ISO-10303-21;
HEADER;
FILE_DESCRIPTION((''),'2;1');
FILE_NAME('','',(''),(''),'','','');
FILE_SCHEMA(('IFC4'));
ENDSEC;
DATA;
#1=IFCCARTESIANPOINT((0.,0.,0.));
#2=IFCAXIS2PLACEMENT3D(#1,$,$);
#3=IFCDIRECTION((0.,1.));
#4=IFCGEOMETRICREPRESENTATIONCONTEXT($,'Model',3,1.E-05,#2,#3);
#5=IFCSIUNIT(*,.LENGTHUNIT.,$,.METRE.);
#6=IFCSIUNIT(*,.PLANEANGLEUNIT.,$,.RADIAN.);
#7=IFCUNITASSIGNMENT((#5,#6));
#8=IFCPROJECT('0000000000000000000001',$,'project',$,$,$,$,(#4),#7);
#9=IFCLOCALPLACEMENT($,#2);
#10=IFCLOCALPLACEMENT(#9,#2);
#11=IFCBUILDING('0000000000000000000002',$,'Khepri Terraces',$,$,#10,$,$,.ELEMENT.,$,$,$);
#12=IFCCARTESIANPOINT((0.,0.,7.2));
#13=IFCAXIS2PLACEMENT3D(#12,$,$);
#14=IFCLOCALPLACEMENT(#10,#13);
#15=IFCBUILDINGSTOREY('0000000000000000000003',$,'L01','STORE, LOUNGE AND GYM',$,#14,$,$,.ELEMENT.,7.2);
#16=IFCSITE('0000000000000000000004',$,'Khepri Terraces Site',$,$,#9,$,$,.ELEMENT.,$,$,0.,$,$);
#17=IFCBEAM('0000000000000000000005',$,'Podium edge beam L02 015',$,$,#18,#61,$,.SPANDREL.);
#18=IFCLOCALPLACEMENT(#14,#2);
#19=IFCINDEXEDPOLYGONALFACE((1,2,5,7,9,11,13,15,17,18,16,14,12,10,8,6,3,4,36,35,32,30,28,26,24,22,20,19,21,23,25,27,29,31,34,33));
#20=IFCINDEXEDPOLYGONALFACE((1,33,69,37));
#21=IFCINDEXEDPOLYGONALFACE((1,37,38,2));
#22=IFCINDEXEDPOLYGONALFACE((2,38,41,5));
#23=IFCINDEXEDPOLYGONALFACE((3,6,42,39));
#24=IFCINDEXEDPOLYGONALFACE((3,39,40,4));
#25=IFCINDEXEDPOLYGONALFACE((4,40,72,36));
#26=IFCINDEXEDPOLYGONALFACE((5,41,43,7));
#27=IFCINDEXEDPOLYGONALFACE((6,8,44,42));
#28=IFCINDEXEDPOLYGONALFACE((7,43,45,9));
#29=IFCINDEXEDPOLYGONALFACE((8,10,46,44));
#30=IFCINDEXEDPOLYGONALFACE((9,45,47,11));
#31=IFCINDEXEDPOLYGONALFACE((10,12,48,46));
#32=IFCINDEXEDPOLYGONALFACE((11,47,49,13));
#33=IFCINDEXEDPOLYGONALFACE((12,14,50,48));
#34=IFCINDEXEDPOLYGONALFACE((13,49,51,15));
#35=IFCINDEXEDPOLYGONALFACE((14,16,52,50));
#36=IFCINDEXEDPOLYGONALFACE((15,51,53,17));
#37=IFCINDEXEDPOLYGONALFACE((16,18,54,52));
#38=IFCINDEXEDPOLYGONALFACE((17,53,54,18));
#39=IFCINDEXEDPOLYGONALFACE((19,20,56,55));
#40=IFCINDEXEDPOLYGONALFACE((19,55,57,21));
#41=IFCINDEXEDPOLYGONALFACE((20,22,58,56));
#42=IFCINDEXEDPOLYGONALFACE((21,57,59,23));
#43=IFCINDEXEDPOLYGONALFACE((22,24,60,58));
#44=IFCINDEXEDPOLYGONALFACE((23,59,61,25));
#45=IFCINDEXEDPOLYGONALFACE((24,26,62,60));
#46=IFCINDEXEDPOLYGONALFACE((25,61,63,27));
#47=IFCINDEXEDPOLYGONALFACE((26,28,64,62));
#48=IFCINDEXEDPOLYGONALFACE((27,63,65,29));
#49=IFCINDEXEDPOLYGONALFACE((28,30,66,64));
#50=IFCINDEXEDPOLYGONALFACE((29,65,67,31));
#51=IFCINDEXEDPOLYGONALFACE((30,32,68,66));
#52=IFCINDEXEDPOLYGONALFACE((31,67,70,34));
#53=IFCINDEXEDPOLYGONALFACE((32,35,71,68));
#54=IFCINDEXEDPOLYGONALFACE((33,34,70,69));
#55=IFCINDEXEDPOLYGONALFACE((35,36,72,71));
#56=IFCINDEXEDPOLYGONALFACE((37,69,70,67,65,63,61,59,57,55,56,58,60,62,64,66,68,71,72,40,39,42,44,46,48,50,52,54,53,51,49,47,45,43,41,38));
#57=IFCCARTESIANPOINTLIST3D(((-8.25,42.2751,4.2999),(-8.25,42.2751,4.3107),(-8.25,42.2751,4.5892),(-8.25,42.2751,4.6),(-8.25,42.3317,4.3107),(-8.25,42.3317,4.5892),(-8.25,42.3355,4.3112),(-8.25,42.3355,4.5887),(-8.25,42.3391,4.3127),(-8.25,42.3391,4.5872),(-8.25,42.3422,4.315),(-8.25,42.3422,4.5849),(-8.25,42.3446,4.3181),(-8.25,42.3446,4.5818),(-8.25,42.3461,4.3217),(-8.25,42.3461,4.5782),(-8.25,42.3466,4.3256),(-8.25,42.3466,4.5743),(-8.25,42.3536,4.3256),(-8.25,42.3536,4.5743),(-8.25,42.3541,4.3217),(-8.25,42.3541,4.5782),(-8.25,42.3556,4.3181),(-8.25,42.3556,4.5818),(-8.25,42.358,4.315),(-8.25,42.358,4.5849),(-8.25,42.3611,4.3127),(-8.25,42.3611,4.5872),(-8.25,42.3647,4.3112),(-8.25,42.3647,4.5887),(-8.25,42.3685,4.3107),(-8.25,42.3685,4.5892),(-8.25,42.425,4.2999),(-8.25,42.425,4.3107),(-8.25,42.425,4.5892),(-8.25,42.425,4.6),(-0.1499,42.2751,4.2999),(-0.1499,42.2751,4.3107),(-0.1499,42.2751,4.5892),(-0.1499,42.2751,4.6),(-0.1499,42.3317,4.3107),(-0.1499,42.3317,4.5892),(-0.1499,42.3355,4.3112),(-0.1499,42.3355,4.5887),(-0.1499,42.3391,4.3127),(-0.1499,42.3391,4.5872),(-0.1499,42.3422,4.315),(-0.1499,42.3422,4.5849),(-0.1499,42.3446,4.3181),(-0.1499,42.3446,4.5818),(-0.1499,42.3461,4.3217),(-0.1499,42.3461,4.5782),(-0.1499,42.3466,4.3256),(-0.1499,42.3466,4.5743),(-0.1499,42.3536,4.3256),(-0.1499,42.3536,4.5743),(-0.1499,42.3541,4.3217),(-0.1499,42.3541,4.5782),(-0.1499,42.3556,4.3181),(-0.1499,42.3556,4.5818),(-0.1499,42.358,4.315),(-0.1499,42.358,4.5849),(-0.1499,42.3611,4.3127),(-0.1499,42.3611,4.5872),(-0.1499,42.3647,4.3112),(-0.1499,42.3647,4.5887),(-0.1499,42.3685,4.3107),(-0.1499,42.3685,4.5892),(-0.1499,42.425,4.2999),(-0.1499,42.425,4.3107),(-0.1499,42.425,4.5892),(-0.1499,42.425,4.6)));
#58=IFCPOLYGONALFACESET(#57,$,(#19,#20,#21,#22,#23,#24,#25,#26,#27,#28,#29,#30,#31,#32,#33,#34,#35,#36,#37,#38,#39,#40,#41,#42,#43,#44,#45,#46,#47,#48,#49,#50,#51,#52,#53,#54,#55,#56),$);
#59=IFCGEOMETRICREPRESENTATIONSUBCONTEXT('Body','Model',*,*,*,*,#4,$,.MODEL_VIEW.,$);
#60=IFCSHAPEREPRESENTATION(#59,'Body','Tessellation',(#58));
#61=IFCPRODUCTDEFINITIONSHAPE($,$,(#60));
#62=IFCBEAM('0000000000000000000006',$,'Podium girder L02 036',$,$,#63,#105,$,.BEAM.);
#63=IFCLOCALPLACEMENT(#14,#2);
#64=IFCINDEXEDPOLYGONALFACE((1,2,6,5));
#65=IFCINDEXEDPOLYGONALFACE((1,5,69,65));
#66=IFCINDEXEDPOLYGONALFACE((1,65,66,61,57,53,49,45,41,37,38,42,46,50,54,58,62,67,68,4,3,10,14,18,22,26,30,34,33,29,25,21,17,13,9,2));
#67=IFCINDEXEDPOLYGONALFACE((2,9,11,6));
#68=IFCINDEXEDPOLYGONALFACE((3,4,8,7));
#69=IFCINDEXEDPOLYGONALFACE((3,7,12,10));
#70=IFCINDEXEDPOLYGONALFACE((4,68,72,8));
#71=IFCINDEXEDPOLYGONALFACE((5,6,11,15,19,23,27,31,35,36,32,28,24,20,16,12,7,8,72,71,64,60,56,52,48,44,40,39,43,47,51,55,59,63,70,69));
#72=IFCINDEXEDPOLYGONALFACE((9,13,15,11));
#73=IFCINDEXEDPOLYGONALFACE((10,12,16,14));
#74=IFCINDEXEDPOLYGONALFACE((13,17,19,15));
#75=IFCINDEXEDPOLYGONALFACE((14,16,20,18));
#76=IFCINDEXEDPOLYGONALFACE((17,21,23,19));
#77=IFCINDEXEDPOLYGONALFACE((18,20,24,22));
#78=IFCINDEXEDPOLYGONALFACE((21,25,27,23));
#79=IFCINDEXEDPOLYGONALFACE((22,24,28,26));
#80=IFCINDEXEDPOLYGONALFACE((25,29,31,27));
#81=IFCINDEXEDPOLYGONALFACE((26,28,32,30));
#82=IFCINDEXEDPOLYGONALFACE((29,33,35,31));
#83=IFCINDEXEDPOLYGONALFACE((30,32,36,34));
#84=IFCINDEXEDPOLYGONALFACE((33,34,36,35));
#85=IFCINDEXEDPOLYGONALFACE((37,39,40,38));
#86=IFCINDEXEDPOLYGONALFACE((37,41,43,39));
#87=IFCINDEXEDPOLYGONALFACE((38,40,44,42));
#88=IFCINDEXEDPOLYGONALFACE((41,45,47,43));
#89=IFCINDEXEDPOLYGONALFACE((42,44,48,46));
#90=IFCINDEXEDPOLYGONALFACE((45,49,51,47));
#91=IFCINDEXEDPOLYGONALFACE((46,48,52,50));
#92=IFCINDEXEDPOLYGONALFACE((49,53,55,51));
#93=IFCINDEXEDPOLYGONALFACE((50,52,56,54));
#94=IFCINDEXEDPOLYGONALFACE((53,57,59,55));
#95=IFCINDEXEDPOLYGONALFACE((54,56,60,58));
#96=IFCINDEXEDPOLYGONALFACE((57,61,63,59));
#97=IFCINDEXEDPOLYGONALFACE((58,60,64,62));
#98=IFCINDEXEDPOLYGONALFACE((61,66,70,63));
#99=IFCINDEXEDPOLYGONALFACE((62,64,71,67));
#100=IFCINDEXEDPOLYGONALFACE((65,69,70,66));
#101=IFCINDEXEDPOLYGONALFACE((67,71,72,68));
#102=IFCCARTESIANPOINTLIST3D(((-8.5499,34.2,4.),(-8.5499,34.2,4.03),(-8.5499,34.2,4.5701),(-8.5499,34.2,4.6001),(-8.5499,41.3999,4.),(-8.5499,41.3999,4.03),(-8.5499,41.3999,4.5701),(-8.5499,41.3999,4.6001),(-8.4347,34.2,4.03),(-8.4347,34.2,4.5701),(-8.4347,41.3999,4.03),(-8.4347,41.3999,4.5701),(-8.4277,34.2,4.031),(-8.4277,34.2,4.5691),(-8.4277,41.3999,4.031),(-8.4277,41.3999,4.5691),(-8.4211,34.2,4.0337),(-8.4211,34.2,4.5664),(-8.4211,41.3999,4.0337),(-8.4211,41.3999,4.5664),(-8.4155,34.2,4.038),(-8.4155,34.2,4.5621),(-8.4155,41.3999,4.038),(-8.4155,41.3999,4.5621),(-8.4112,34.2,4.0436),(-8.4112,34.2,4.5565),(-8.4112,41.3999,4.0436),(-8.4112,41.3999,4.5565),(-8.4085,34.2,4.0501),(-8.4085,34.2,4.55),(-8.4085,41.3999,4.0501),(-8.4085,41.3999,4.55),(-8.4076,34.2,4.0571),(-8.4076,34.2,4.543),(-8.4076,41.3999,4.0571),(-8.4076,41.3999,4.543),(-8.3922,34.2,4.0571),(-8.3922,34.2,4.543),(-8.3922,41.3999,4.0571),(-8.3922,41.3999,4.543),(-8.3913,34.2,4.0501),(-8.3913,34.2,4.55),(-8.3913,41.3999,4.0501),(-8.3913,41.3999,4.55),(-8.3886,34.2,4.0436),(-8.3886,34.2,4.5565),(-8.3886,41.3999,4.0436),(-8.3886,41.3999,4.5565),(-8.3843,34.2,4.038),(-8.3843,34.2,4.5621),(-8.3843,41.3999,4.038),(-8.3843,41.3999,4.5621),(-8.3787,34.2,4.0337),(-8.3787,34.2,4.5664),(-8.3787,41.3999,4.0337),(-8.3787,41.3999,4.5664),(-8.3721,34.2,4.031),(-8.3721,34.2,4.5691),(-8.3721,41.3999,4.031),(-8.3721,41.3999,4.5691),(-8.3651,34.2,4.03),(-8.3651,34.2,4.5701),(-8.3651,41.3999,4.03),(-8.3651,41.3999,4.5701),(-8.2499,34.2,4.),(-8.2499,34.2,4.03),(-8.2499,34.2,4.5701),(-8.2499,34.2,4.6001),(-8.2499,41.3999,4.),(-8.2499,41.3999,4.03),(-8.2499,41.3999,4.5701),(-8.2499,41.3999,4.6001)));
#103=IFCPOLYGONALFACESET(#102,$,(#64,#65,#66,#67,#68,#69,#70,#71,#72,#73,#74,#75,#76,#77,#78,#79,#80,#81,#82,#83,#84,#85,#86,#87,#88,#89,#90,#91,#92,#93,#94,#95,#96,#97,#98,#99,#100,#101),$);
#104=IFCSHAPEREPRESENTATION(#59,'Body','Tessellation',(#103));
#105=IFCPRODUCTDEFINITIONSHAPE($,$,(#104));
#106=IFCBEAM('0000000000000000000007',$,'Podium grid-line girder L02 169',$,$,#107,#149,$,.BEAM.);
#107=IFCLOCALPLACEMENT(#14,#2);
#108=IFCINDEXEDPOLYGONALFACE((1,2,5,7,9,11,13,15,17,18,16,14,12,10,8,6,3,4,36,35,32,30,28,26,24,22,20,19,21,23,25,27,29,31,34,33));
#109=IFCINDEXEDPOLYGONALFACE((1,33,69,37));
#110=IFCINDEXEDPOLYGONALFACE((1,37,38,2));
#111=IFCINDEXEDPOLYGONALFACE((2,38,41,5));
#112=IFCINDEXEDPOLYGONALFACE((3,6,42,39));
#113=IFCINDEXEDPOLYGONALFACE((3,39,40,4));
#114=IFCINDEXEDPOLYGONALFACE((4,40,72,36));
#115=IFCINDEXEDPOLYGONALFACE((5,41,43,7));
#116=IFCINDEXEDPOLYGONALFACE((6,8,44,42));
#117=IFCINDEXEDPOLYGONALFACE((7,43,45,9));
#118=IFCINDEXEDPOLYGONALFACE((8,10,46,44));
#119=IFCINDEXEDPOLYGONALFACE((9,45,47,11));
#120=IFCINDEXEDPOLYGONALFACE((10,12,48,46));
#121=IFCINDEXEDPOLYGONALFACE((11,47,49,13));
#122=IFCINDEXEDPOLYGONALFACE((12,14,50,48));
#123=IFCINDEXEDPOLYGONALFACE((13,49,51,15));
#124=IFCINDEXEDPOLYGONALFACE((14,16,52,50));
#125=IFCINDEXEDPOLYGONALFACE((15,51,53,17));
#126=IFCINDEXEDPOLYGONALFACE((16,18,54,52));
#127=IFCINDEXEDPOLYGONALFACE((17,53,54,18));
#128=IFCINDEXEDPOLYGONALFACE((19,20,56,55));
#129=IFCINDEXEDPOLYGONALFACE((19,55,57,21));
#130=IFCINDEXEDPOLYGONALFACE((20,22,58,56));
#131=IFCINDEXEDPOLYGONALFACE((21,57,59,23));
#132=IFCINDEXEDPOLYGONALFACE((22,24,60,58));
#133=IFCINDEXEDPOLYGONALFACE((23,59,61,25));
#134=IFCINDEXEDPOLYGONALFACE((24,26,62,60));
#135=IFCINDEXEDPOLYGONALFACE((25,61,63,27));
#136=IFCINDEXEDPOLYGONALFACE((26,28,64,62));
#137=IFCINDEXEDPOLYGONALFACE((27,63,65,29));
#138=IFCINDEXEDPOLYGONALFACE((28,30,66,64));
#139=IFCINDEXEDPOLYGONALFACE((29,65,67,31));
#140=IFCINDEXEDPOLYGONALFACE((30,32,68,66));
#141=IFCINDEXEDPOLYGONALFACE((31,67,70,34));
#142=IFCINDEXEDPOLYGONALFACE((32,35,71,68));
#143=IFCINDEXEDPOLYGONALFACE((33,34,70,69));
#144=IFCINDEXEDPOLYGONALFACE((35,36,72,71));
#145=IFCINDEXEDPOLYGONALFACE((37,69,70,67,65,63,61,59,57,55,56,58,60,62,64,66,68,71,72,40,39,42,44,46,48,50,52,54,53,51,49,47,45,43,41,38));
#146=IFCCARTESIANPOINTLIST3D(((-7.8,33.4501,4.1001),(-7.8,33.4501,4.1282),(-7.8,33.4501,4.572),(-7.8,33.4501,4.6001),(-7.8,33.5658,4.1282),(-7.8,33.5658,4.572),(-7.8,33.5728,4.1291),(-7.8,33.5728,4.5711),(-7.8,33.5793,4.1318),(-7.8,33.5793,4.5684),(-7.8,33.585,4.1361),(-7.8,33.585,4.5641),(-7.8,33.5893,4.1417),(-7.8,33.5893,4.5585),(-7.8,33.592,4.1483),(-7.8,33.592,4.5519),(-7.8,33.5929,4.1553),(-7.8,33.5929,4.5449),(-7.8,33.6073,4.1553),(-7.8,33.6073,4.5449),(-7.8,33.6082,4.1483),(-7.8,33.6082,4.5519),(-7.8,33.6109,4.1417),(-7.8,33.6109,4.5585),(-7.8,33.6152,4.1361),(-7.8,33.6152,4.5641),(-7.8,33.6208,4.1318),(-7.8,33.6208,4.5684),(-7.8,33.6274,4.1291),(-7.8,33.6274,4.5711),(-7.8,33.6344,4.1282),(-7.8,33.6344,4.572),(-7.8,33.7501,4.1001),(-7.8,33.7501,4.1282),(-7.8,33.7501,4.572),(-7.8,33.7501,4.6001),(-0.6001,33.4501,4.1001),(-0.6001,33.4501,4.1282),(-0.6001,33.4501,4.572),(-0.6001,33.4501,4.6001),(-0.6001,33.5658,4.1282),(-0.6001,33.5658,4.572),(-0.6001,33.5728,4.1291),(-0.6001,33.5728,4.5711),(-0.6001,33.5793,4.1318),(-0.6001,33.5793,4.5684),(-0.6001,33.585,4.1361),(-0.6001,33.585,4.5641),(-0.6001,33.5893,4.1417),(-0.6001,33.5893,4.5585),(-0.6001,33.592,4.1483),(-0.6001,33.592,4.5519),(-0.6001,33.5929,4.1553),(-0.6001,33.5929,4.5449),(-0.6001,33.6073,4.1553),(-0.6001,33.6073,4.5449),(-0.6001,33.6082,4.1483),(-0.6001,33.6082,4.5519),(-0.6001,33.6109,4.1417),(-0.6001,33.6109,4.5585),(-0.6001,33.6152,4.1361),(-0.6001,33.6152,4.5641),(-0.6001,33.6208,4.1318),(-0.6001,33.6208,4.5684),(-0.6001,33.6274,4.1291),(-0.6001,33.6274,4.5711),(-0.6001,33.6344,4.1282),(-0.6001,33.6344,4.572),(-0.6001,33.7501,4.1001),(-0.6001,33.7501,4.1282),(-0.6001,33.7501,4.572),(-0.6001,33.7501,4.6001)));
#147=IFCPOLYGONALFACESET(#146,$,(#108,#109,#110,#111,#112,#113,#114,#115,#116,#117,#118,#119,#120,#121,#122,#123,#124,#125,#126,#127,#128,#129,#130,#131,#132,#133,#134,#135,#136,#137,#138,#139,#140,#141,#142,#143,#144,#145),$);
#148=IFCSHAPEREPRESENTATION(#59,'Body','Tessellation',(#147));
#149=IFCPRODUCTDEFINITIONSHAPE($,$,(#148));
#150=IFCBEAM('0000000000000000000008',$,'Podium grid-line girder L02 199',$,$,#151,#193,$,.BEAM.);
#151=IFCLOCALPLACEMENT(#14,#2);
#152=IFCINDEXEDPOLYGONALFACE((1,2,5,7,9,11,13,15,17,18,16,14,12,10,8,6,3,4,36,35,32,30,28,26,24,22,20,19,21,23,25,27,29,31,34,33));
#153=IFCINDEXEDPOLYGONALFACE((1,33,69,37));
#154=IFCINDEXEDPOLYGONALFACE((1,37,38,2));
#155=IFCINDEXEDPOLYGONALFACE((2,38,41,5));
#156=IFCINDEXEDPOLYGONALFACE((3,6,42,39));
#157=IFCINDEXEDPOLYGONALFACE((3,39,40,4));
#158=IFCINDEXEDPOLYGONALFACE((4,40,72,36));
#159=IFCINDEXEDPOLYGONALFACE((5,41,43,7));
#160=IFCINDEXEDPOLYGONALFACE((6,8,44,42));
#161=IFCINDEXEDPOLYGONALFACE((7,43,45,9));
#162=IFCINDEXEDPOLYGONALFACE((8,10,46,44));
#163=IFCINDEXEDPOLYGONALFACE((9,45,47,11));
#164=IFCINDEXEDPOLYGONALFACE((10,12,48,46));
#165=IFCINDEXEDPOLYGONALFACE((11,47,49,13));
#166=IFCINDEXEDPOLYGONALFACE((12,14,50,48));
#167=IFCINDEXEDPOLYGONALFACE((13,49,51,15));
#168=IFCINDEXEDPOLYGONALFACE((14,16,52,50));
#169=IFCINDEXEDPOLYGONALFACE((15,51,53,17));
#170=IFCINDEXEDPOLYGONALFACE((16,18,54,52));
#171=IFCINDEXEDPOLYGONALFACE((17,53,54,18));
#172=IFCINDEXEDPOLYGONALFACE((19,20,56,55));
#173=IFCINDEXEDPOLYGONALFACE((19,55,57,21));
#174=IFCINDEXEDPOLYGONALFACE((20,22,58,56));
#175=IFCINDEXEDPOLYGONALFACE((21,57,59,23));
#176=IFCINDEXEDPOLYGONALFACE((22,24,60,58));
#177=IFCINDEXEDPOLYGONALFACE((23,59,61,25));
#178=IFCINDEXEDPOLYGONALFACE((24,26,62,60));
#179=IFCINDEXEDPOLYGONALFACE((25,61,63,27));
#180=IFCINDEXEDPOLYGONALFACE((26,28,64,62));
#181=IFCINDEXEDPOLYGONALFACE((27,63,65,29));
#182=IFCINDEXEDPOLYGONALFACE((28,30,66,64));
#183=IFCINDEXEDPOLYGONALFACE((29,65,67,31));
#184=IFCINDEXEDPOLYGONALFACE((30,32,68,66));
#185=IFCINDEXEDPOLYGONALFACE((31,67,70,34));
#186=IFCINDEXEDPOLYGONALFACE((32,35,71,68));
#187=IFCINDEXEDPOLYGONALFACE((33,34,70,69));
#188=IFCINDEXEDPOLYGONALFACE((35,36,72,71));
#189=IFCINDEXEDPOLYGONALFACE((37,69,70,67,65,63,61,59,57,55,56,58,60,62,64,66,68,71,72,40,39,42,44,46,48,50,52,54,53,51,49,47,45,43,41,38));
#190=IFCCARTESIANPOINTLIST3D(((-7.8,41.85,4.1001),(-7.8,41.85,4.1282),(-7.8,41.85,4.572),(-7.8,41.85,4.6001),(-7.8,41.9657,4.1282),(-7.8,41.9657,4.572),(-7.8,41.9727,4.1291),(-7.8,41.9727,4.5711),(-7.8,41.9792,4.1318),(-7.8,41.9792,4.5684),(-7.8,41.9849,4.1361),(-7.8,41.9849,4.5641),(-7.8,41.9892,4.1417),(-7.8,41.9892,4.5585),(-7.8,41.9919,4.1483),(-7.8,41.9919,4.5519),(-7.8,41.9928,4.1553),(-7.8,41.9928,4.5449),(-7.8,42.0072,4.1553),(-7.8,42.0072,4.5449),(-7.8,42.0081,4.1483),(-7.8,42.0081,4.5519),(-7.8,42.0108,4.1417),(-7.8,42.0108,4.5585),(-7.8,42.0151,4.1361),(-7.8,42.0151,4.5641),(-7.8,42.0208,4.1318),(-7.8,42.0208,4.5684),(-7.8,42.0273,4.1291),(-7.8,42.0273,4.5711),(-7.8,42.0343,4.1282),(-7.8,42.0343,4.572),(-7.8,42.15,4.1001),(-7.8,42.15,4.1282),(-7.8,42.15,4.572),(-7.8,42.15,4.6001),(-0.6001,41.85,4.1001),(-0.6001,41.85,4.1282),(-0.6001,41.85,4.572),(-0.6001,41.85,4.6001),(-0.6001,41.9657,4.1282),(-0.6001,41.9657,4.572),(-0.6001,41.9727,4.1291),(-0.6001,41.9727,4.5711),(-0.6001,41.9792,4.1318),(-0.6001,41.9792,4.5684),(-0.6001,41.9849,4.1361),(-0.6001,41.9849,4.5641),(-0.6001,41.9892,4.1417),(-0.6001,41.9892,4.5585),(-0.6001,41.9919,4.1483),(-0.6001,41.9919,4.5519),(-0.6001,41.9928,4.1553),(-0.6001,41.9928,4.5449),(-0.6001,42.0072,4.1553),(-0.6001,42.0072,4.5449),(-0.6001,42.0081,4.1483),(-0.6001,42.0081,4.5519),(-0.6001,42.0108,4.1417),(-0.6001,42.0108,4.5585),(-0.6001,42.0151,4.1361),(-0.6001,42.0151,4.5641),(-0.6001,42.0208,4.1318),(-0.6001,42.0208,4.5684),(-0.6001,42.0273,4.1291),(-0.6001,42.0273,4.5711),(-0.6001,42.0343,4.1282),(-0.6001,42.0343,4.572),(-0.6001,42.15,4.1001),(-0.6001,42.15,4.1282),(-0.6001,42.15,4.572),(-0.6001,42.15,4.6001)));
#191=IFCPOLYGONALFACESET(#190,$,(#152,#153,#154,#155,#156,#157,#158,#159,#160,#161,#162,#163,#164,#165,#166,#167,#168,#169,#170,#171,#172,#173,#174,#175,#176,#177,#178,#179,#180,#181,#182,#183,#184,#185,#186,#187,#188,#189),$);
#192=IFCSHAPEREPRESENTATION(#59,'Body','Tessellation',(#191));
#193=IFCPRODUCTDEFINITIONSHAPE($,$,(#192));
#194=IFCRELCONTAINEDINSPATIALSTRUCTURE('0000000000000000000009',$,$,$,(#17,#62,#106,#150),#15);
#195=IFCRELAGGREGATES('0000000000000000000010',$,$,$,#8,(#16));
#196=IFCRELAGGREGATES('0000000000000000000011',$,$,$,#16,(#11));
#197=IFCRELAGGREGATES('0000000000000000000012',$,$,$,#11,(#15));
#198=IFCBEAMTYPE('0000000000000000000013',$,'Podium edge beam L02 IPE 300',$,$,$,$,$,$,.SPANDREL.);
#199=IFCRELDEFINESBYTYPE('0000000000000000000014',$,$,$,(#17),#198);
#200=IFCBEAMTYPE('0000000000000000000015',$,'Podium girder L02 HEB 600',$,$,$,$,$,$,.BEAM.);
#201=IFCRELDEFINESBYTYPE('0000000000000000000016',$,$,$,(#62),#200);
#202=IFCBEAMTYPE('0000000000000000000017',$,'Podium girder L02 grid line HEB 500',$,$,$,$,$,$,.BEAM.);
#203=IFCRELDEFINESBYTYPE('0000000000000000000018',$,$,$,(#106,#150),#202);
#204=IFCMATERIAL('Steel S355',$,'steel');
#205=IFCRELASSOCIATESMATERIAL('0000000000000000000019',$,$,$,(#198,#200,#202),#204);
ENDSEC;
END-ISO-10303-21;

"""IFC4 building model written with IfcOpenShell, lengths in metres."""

from ifc_helpers import new_model, si_unit, direction, frame, origin, origin_2d, place, context, subcontext, project, spatial, i_section, extrude, material, material_profile, profile_set, type_object, element, save


model = new_model("IFC4")

# Units and contexts
model_context = context("Model", 3, precision=1e-05, world=origin(), true_north=direction((0.0, 1.0)))
body_context = subcontext(model_context, "Body", "Model", "MODEL_VIEW")
ifc_project = project(units=[si_unit("LENGTHUNIT", "METRE"), si_unit("PLANEANGLEUNIT", "RADIAN")], contexts=[model_context])

# Site, building, storey
site_placement = place(None, origin())
site = spatial("IfcSite", under=ifc_project, at=site_placement, Name="Khepri Terraces Site", CompositionType="ELEMENT", RefElevation=0.0)
building_placement = place(site_placement, origin())
building = spatial("IfcBuilding", under=site, at=building_placement, Name="Khepri Terraces", CompositionType="ELEMENT")
storey_placement = place(building_placement, frame((0.0, 0.0, 7.2)))
storey = spatial("IfcBuildingStorey", under=building, at=storey_placement, Name="L01", Description="STORE, LOUNGE AND GYM", CompositionType="ELEMENT", Elevation=7.2)

# Beams
ifc_material_1 = material(Name="Steel S355", Category="steel")
ifc_material_profile_1 = material_profile(ifc_material_1, i_section(OverallWidth=0.1499, OverallDepth=0.3, WebThickness=0.0071, FlangeThickness=0.0107, FilletRadius=0.0149, at=origin_2d()), Name="Steel S355", Category="steel")
ifc_profile_set_1 = profile_set([ifc_material_profile_1], Name="Steel S355")
beam_type_1 = type_object("IfcBeamType", Name="Podium edge beam L02 IPE 300", PredefinedType="SPANDREL", material=ifc_profile_set_1)
beam_1_placement = place(storey_placement, frame((-8.25, 42.3501, 4.45), z_axis=(1.0, 0.0, 0.0), x_axis=(0.0, 1.0, 0.0)))
element("IfcBeam", 1, at=beam_1_placement, inside=storey, type_object=beam_type_1, Name="Podium edge beam L02 015", PredefinedType="SPANDREL", context=body_context, shape_type="SweptSolid", body=[
    extrude(i_section(OverallWidth=0.1499, OverallDepth=0.3, WebThickness=0.0071, FlangeThickness=0.0107, FilletRadius=0.0149, at=origin_2d()), origin(), (0.0, 0.0, 1.0), 8.1001),
])
ifc_material_profile_2 = material_profile(ifc_material_1, i_section(OverallWidth=0.3, OverallDepth=0.6001, WebThickness=0.0154, FlangeThickness=0.03, FilletRadius=0.0271, at=origin_2d()), Name="Steel S355", Category="steel")
ifc_profile_set_2 = profile_set([ifc_material_profile_2], Name="Steel S355")
beam_type_2 = type_object("IfcBeamType", Name="Podium girder L02 HEB 600", PredefinedType="BEAM", material=ifc_profile_set_2)
beam_2_placement = place(storey_placement, frame((-8.3999, 34.2, 4.3), z_axis=(0.0, 1.0, 0.0), x_axis=(-1.0, 0.0, 0.0)))
element("IfcBeam", 2, at=beam_2_placement, inside=storey, type_object=beam_type_2, Name="Podium girder L02 036", PredefinedType="BEAM", context=body_context, shape_type="SweptSolid", body=[
    extrude(i_section(OverallWidth=0.3, OverallDepth=0.6001, WebThickness=0.0154, FlangeThickness=0.03, FilletRadius=0.0271, at=origin_2d()), origin(), (0.0, 0.0, 1.0), 7.2),
])
ifc_material_profile_3 = material_profile(ifc_material_1, i_section(OverallWidth=0.3, OverallDepth=0.5, WebThickness=0.0144, FlangeThickness=0.0281, FilletRadius=0.0271, at=origin_2d()), Name="Steel S355", Category="steel")
ifc_profile_set_3 = profile_set([ifc_material_profile_3], Name="Steel S355")
beam_type_3 = type_object("IfcBeamType", Name="Podium girder L02 grid line HEB 500", PredefinedType="BEAM", material=ifc_profile_set_3)
for number, where, z_axis, x_axis, name in (
    (3, (-7.8, 33.6001, 4.3501), (1.0, 0.0, 0.0), (0.0, 1.0, 0.0), "Podium grid-line girder L02 169"),
    (4, (-7.8, 42.0, 4.3501), (1.0, 0.0, 0.0), (0.0, 1.0, 0.0), "Podium grid-line girder L02 199"),
):
    element("IfcBeam", number, at=place(storey_placement, frame(where, z_axis=z_axis, x_axis=x_axis)), inside=storey, type_object=beam_type_3, Name=name, PredefinedType="BEAM", context=body_context, shape_type="SweptSolid", body=[
        extrude(i_section(OverallWidth=0.3, OverallDepth=0.5, WebThickness=0.0144, FlangeThickness=0.0281, FilletRadius=0.0271, at=origin_2d()), origin(), (0.0, 0.0, 1.0), 7.2),
    ])

save(model, "model.ifc")
